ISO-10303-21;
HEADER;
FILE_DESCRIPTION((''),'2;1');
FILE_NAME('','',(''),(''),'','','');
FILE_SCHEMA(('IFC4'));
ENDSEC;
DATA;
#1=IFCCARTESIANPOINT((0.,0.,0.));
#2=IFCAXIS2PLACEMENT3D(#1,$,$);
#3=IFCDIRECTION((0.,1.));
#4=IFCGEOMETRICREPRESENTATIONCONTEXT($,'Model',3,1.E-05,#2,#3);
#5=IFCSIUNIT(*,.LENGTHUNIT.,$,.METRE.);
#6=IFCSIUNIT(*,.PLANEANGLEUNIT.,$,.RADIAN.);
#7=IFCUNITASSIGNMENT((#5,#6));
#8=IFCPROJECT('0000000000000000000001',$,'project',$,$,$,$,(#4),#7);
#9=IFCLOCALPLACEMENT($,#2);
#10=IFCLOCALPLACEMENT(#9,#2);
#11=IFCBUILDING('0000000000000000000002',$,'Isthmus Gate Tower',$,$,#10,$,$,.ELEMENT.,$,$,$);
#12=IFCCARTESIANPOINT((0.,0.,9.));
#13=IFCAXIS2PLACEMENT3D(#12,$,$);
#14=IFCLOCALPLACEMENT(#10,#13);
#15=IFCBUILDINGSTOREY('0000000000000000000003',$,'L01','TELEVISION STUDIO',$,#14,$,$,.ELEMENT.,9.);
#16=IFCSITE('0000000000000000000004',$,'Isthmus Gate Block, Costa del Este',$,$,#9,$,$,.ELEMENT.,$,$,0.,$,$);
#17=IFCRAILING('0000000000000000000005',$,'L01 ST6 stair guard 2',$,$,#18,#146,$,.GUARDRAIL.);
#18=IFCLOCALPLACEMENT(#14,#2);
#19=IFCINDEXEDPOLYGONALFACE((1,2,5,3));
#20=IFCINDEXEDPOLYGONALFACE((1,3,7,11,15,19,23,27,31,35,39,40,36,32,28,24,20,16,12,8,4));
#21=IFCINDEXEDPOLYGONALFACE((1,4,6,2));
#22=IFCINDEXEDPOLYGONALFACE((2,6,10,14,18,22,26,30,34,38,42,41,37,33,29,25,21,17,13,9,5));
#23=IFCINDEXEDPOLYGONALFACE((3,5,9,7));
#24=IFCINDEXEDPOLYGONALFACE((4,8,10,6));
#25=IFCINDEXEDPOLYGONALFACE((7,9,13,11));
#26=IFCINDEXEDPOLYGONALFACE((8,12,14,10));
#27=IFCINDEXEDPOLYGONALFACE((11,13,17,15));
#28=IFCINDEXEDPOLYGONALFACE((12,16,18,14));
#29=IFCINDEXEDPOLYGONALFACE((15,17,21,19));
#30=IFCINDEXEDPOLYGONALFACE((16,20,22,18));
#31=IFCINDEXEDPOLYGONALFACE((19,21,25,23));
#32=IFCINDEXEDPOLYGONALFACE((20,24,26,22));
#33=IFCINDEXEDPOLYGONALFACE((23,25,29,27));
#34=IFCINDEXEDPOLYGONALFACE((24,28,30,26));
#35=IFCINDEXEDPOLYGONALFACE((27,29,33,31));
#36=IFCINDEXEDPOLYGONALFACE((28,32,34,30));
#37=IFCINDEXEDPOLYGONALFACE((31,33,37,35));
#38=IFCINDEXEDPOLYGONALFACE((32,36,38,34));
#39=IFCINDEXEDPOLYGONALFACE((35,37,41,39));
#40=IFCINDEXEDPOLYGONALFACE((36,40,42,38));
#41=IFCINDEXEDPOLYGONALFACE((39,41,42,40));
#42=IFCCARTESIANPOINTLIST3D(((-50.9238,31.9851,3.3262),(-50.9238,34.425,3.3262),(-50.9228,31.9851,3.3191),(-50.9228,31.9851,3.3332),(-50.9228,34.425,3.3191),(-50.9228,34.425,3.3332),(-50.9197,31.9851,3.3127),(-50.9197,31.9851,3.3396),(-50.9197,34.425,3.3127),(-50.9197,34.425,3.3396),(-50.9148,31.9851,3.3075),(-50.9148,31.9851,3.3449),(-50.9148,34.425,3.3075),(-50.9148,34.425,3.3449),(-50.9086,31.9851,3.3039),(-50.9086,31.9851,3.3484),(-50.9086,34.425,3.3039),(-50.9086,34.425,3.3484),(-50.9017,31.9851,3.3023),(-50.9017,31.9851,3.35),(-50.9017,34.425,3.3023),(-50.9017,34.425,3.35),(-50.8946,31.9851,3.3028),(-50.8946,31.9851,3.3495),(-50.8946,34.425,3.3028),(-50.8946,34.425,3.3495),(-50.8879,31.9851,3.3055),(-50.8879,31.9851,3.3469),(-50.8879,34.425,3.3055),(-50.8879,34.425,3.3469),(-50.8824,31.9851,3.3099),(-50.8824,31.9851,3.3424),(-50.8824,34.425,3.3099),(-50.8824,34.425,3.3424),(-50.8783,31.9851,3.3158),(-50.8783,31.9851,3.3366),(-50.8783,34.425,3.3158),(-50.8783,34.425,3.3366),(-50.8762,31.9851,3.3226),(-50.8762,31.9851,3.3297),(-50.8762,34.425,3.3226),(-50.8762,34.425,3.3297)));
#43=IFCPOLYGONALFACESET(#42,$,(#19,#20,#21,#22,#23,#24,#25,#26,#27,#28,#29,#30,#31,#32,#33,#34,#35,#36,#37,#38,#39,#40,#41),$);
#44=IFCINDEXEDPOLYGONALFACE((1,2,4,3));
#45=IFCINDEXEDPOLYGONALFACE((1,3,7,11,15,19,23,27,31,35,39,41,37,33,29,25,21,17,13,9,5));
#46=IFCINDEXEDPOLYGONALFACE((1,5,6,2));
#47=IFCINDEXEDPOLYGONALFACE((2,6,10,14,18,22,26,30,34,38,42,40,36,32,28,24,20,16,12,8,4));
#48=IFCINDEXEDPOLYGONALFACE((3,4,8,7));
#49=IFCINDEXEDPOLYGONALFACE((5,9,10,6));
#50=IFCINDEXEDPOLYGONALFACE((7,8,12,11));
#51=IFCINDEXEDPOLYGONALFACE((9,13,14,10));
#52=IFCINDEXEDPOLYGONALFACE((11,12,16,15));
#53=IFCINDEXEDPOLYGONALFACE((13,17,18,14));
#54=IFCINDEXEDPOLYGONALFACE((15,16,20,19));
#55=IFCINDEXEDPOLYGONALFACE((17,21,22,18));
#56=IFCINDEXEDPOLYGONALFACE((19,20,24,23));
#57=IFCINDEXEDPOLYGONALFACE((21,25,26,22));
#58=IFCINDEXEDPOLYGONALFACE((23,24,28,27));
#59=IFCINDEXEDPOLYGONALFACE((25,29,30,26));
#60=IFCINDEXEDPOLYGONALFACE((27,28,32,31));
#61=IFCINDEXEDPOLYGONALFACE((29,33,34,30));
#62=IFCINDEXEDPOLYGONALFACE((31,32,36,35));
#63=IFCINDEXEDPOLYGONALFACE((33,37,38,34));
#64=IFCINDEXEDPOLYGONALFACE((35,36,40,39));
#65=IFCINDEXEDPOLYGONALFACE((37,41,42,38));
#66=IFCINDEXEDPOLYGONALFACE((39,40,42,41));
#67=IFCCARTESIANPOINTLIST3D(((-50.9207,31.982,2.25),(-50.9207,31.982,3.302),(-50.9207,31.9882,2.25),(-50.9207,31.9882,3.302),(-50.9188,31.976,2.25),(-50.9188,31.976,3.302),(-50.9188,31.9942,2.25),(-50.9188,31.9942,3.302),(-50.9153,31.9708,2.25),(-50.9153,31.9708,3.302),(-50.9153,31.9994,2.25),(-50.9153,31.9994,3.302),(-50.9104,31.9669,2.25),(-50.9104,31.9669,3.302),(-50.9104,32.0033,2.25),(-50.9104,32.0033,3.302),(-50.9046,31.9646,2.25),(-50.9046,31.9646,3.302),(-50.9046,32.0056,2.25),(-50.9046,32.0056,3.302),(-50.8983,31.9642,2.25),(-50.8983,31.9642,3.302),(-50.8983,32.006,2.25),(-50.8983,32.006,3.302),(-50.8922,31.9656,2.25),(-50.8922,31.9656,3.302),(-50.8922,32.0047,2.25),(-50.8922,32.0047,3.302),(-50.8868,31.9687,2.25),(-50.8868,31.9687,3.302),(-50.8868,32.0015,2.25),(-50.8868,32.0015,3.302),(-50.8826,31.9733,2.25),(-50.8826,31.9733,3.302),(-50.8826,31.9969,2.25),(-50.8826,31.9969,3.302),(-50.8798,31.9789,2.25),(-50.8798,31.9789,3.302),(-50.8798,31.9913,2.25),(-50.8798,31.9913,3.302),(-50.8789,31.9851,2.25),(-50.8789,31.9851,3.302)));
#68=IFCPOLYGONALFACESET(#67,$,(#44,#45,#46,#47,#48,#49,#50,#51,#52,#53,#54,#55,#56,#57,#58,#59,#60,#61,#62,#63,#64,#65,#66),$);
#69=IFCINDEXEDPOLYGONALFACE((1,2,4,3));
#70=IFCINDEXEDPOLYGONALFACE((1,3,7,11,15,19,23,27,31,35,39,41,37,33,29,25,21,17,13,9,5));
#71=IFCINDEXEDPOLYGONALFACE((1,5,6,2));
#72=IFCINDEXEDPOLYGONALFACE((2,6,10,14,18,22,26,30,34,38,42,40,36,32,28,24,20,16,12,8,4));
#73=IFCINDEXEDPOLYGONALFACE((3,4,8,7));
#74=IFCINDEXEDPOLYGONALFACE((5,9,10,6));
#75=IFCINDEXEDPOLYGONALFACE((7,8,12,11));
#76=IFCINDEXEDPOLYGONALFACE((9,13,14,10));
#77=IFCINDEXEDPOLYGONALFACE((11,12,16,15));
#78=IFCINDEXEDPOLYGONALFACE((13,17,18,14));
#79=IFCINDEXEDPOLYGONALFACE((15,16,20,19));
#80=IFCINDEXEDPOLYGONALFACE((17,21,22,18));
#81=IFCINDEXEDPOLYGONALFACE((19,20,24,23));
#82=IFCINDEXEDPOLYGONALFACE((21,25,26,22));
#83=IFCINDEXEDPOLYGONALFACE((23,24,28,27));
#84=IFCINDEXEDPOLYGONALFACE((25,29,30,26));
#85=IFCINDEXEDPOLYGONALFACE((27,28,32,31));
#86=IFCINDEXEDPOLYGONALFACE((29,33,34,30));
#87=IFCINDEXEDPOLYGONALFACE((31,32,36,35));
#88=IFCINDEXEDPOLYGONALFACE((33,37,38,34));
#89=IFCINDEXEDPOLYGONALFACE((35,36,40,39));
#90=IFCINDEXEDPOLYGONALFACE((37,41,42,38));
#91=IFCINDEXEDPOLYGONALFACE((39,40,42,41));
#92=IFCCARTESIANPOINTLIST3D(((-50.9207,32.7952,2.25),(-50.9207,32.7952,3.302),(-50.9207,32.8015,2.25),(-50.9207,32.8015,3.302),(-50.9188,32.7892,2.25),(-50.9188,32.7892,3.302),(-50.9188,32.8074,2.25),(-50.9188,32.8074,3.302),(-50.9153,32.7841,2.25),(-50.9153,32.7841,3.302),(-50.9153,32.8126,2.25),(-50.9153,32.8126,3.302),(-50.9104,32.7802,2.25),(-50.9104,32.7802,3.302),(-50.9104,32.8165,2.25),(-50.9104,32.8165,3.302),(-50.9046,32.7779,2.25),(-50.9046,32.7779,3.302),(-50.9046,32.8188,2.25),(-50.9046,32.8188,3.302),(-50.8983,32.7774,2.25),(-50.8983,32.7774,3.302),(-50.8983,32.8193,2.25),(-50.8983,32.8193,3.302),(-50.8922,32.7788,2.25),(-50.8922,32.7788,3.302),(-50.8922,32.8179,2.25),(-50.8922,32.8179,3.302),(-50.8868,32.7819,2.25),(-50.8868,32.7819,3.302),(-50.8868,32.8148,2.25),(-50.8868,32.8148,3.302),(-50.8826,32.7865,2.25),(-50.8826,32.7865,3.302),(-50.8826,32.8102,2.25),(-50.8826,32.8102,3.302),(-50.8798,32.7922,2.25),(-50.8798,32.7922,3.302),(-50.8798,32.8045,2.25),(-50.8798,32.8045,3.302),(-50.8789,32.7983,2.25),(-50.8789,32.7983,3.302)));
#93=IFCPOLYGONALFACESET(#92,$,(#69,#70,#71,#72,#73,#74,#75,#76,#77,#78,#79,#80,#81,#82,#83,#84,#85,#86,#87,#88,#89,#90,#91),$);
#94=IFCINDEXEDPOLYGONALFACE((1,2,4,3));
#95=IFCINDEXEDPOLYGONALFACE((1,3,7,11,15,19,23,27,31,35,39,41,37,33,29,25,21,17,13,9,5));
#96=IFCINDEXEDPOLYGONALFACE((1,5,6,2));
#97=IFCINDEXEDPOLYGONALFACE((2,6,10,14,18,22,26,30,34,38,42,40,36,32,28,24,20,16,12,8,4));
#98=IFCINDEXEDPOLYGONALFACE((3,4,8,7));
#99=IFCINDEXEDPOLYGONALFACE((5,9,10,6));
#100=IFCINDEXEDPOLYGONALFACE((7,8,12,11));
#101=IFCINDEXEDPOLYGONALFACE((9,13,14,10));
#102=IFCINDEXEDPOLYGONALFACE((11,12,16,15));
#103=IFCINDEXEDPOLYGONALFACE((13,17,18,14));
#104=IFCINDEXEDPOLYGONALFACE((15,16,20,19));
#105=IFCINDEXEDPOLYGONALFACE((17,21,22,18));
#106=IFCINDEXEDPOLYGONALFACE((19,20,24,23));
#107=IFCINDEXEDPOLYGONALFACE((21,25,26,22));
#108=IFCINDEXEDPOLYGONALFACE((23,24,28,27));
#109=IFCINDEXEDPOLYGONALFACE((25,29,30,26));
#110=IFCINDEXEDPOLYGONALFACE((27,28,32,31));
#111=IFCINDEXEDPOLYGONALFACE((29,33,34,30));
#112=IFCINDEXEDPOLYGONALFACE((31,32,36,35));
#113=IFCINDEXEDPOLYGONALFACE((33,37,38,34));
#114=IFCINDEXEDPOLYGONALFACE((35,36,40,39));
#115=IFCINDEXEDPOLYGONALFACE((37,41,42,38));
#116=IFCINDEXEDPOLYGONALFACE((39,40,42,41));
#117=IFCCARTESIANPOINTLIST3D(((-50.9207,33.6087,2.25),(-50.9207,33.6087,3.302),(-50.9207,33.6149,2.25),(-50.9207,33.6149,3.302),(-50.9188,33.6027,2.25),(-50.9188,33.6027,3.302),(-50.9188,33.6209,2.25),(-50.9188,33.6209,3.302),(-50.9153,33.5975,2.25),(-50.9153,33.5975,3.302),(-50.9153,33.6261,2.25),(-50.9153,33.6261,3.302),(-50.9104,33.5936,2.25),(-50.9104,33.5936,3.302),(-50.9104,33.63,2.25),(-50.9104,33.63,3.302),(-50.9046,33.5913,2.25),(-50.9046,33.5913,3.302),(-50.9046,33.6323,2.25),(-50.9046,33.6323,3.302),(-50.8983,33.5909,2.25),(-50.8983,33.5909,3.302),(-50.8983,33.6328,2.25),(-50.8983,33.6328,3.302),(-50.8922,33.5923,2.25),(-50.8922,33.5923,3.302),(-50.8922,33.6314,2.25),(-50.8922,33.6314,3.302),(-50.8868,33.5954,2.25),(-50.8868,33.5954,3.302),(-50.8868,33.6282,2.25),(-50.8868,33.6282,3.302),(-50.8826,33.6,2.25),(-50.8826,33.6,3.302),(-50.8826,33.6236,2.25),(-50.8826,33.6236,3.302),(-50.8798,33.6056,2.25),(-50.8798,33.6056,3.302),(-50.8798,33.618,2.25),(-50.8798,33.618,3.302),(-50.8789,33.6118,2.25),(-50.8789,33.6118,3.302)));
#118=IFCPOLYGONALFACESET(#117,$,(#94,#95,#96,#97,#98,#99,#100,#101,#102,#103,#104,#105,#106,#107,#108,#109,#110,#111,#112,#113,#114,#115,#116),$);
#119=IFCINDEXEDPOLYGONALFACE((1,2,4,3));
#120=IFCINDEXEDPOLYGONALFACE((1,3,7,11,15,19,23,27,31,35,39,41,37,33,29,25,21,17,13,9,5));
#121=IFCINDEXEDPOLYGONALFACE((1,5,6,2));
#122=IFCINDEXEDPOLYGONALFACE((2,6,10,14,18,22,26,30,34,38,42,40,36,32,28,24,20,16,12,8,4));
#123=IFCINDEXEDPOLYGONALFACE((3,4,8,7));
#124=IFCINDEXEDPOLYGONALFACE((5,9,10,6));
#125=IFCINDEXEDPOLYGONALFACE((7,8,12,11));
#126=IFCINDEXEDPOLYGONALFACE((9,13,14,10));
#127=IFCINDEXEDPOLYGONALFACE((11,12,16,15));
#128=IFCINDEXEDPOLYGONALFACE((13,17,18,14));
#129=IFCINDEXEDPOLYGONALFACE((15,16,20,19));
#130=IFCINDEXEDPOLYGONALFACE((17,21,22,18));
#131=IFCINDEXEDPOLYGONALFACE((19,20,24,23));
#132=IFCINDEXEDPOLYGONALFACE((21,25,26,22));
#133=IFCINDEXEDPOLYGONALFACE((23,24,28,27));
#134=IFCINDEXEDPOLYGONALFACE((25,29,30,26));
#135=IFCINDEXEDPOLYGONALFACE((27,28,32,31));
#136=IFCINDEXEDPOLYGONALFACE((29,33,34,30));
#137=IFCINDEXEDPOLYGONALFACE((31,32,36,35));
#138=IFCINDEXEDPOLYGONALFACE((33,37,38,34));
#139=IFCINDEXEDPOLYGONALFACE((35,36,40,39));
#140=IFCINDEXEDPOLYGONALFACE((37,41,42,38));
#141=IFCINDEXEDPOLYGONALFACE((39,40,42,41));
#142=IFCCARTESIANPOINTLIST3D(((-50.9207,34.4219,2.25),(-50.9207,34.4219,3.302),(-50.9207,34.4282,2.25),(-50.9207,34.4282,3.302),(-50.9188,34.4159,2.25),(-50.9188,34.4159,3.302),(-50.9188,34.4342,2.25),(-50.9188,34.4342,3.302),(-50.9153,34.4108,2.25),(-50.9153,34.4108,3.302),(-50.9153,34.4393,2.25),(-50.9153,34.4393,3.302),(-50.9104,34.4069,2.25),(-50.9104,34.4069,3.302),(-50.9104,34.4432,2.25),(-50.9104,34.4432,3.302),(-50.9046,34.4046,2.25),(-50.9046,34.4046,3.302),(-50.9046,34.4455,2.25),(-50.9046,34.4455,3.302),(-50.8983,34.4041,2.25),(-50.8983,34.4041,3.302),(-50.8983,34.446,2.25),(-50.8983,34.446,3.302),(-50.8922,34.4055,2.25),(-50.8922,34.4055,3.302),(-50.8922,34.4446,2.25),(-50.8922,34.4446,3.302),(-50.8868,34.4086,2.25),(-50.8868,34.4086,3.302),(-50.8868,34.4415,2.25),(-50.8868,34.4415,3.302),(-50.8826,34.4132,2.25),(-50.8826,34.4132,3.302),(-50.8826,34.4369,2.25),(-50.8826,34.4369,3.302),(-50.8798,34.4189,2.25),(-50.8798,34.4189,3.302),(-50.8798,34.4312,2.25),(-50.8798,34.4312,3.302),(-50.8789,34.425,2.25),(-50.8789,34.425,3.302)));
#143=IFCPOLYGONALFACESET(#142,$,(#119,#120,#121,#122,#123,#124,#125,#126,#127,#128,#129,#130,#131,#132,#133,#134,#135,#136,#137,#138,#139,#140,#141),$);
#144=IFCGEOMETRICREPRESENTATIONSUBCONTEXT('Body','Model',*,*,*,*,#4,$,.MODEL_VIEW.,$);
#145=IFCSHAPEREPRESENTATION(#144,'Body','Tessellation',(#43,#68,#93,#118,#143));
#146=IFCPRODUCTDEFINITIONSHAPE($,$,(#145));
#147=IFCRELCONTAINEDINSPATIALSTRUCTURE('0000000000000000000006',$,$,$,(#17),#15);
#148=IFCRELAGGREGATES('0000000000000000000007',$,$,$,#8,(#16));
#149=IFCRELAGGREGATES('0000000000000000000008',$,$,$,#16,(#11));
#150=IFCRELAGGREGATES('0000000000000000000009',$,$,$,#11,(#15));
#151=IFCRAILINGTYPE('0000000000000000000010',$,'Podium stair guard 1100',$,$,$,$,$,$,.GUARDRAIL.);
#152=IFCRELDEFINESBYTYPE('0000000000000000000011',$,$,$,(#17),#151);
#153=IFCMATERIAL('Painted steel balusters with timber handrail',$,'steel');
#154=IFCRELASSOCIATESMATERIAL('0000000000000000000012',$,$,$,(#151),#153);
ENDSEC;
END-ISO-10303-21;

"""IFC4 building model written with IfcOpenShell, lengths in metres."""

from ifc_helpers import new_model, si_unit, direction, frame, origin, origin_2d, place, context, subcontext, project, spatial, circle, extrude, material, type_object, element, save


model = new_model("IFC4")

# Units and contexts
model_context = context("Model", 3, precision=1e-05, world=origin(), true_north=direction((0.0, 1.0)))
body_context = subcontext(model_context, "Body", "Model", "MODEL_VIEW")
ifc_project = project(units=[si_unit("LENGTHUNIT", "METRE"), si_unit("PLANEANGLEUNIT", "RADIAN")], contexts=[model_context])

# Site, building, storey
site_placement = place(None, origin())
site = spatial("IfcSite", under=ifc_project, at=site_placement, Name="Isthmus Gate Block, Costa del Este", CompositionType="ELEMENT", RefElevation=0.0)
building_placement = place(site_placement, origin())
building = spatial("IfcBuilding", under=site, at=building_placement, Name="Isthmus Gate Tower", CompositionType="ELEMENT")
storey_placement = place(building_placement, frame((0.0, 0.0, 9.0)))
storey = spatial("IfcBuildingStorey", under=building, at=storey_placement, Name="L01", Description="TELEVISION STUDIO", CompositionType="ELEMENT", Elevation=9.0)

# Railing
ifc_material_1 = material(Name="Painted steel balusters with timber handrail", Category="steel")
railing_type_1 = type_object("IfcRailingType", Name="Podium stair guard 1100", PredefinedType="GUARDRAIL", material=ifc_material_1)
railing_1_placement = place(storey_placement, frame((-50.8999, 31.9851, 2.25)))
element("IfcRailing", 1, at=railing_1_placement, inside=storey, type_object=railing_type_1, Name="L01 ST6 stair guard 2", PredefinedType="GUARDRAIL", context=body_context, shape_type="SweptSolid", body=[
    extrude(circle(Radius=0.0239, at=origin_2d()), frame((0.0, 0.0, 1.0762), z_axis=(0.0, 1.0, 0.0), x_axis=(-1.0, 0.0, 0.0)), (0.0, 0.0, 1.0), 2.4399),
    extrude(circle(Radius=0.021, at=origin_2d()), origin(), (0.0, 0.0, 1.0), 1.052),
    extrude(circle(Radius=0.021, at=origin_2d()), frame((0.0, 0.8132, 0.0)), (0.0, 0.0, 1.0), 1.052),
    extrude(circle(Radius=0.021, at=origin_2d()), frame((0.0, 1.6267, 0.0)), (0.0, 0.0, 1.0), 1.052),
    extrude(circle(Radius=0.021, at=origin_2d()), frame((0.0, 2.4399, 0.0)), (0.0, 0.0, 1.0), 1.052),
])

save(model, "model.ifc")
